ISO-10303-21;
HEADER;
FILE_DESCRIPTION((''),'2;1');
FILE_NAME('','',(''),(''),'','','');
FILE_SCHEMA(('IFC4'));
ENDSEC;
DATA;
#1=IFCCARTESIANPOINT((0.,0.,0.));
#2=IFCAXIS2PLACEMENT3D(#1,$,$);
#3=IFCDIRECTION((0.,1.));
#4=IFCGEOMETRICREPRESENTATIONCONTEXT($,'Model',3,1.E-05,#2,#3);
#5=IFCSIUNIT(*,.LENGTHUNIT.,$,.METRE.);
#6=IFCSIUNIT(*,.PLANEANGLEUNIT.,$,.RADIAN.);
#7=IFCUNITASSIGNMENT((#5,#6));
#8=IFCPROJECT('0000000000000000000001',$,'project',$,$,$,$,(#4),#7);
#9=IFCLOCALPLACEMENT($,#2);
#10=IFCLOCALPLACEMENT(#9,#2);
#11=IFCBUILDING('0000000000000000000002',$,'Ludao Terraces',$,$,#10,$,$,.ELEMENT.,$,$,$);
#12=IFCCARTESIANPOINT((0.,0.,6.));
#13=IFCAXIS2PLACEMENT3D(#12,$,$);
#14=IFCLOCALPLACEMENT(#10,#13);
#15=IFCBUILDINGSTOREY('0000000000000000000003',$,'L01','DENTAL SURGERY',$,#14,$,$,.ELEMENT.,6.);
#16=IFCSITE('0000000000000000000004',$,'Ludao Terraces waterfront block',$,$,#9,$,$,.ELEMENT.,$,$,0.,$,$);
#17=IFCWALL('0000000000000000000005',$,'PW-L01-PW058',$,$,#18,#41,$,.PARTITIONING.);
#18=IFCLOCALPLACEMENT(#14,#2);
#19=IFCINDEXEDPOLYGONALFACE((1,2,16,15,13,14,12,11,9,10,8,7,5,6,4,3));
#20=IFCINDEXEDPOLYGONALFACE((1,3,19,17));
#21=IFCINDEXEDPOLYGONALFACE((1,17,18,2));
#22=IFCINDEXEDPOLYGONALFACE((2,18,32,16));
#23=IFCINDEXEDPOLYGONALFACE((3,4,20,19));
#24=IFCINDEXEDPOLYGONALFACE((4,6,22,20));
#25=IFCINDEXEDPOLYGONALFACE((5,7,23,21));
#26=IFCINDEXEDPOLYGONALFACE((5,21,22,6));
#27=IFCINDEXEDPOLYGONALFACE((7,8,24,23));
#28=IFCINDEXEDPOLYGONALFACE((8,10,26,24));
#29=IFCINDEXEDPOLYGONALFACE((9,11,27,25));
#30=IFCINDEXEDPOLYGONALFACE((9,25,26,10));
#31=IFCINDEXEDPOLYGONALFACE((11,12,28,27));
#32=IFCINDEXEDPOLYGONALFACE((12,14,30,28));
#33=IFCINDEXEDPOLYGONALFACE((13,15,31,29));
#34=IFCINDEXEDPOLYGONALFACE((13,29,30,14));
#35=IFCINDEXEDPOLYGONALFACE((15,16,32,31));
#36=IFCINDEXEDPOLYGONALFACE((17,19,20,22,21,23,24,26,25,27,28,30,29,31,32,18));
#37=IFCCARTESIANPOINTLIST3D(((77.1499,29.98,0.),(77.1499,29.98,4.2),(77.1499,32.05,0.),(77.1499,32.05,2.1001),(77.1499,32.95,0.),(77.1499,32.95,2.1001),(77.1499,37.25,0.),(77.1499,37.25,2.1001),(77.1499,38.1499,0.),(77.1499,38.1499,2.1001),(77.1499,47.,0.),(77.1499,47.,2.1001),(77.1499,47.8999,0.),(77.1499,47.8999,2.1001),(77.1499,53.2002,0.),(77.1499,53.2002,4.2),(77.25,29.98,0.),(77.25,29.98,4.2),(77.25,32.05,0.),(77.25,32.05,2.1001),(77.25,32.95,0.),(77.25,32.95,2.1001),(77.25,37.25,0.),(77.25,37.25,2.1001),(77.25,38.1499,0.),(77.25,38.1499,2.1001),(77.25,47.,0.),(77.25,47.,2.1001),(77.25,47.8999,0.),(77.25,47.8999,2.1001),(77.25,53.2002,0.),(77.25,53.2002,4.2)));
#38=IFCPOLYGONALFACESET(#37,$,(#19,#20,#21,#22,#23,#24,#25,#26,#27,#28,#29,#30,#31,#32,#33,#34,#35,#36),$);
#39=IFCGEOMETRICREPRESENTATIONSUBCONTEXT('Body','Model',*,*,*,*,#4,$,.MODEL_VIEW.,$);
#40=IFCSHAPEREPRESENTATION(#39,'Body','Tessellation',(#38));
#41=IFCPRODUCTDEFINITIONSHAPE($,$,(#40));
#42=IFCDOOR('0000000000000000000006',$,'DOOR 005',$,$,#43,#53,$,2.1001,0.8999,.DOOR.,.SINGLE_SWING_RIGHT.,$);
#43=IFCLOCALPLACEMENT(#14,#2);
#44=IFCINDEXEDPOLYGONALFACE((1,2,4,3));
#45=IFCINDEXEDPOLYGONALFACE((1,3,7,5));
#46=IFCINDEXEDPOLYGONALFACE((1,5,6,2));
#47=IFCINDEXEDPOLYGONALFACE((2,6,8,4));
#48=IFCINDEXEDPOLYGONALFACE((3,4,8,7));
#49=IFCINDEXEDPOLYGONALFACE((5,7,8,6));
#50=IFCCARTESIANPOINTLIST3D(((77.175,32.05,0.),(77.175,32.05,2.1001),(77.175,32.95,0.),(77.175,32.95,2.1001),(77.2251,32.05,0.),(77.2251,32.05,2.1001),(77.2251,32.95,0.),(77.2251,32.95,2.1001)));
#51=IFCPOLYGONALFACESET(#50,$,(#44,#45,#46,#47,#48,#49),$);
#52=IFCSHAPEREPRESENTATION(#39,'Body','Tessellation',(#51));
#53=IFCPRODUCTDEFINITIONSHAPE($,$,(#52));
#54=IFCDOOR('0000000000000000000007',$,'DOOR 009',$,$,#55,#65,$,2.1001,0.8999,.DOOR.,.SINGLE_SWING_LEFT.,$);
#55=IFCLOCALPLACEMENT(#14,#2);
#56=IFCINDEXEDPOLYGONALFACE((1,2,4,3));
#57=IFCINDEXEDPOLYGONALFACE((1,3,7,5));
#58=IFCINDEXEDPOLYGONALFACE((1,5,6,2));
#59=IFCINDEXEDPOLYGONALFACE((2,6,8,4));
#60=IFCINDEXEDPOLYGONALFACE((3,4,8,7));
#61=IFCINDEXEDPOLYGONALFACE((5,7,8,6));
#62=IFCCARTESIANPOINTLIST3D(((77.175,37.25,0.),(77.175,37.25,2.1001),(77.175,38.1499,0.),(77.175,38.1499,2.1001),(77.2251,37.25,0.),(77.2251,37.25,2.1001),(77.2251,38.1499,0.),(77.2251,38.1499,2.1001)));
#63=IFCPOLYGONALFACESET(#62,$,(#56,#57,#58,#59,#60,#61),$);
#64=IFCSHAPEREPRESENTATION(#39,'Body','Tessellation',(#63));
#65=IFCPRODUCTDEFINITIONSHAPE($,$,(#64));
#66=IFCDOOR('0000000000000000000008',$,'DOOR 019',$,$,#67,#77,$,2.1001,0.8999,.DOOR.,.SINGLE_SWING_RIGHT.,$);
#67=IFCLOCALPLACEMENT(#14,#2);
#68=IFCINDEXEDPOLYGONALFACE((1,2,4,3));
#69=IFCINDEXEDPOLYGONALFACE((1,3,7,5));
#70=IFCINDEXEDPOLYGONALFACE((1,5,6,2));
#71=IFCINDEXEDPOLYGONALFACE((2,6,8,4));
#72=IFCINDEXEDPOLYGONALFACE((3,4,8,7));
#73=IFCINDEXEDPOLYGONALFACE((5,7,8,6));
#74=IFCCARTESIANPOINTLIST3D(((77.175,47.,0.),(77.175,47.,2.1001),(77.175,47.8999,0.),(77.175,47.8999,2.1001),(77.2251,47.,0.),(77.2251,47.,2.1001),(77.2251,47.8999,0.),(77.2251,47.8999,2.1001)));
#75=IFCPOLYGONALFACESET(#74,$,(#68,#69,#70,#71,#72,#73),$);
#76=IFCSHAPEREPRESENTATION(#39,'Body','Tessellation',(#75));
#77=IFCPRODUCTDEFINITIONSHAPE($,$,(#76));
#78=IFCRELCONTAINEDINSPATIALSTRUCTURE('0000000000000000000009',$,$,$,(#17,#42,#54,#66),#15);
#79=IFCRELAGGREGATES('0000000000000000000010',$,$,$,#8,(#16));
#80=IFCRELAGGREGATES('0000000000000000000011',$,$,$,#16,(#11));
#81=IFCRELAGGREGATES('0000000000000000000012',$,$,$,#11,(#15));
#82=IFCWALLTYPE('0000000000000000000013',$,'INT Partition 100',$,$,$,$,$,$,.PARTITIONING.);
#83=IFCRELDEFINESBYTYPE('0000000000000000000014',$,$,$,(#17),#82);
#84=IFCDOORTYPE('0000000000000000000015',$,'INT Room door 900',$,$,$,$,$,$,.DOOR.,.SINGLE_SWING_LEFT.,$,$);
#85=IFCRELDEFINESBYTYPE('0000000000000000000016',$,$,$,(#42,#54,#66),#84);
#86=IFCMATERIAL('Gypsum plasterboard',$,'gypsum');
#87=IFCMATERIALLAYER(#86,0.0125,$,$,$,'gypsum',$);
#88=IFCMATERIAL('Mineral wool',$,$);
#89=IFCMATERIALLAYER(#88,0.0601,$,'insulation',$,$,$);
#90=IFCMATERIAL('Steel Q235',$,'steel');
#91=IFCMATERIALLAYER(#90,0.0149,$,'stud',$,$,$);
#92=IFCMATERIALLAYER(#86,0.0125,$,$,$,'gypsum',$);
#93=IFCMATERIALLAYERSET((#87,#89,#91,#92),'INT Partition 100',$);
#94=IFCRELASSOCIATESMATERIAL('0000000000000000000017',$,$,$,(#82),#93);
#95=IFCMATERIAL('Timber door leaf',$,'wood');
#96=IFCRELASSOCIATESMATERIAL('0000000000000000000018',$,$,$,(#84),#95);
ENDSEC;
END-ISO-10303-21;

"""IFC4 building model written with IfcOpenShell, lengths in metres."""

from ifc_helpers import new_model, si_unit, direction, frame, frame_2d, origin, place, context, subcontext, project, spatial, rectangle, extrude, material, layer, layer_set, type_object, element, fill, save


model = new_model("IFC4")

# Units and contexts
model_context = context("Model", 3, precision=1e-05, world=origin(), true_north=direction((0.0, 1.0)))
body_context = subcontext(model_context, "Body", "Model", "MODEL_VIEW")
ifc_project = project(units=[si_unit("LENGTHUNIT", "METRE"), si_unit("PLANEANGLEUNIT", "RADIAN")], contexts=[model_context])

# Site, building, storey
site_placement = place(None, origin())
site = spatial("IfcSite", under=ifc_project, at=site_placement, Name="Ludao Terraces waterfront block", CompositionType="ELEMENT", RefElevation=0.0)
building_placement = place(site_placement, origin())
building = spatial("IfcBuilding", under=site, at=building_placement, Name="Ludao Terraces", CompositionType="ELEMENT")
storey_placement = place(building_placement, frame((0.0, 0.0, 6.0)))
storey = spatial("IfcBuildingStorey", under=building, at=storey_placement, Name="L01", Description="DENTAL SURGERY", CompositionType="ELEMENT", Elevation=6.0)

# Shared definitions
ifc_material_1 = material(Name="Gypsum plasterboard", Category="gypsum")
ifc_layer_1 = layer(ifc_material_1, 0.0125, Category="gypsum")
ifc_material_2 = material(Name="Mineral wool")
ifc_layer_2 = layer(ifc_material_2, 0.0601, Name="insulation")
ifc_material_3 = material(Name="Steel Q235", Category="steel")
ifc_layer_3 = layer(ifc_material_3, 0.0149, Name="stud")
ifc_layer_4 = layer(ifc_material_1, 0.0125, Category="gypsum")
ifc_layer_set_1 = layer_set([ifc_layer_1, ifc_layer_2, ifc_layer_3, ifc_layer_4], Name="INT Partition 100")
wall_type = type_object("IfcWallType", Name="INT Partition 100", PredefinedType="PARTITIONING", material=ifc_layer_set_1)

# Wall, openings, doors
wall_1_placement = place(storey_placement, frame((77.2, 29.98, 0.0), z_axis=(0.0, 0.0, 1.0), x_axis=(0.0, 1.0, 0.0)))
wall_1 = element("IfcWall", 1, at=wall_1_placement, inside=storey, type_object=wall_type, Name="PW-L01-PW058", PredefinedType="PARTITIONING", context=body_context, shape_type="SweptSolid", body=[
    extrude(rectangle(XDim=23.2202, YDim=0.1001, at=frame_2d((11.6101, 0.0))), origin(), (0.0, 0.0, 1.0), 4.2),
])
opening_1_placement = place(wall_1_placement, frame((2.0701, 0.0, 0.0)))
opening_1 = element("IfcOpeningElement", 2, at=opening_1_placement, cuts=wall_1, PredefinedType="OPENING", context=body_context, shape_type="SweptSolid", body=[
    extrude(rectangle(XDim=0.8999, YDim=2.1001, at=frame_2d((0.45, 1.05))), frame((0.0, 0.0601, 0.0), z_axis=(0.0, -1.0, 0.0), x_axis=(1.0, 0.0, 0.0)), (0.0, 0.0, 1.0), 0.1201),
])
opening_2_placement = place(wall_1_placement, frame((7.27, 0.0, 0.0)))
opening_2 = element("IfcOpeningElement", 3, at=opening_2_placement, cuts=wall_1, PredefinedType="OPENING", context=body_context, shape_type="SweptSolid", body=[
    extrude(rectangle(XDim=0.8999, YDim=2.1001, at=frame_2d((0.45, 1.05))), frame((0.0, 0.0601, 0.0), z_axis=(0.0, -1.0, 0.0), x_axis=(1.0, 0.0, 0.0)), (0.0, 0.0, 1.0), 0.1201),
])
opening_3_placement = place(wall_1_placement, frame((17.02, 0.0, 0.0)))
opening_3 = element("IfcOpeningElement", 4, at=opening_3_placement, cuts=wall_1, PredefinedType="OPENING", context=body_context, shape_type="SweptSolid", body=[
    extrude(rectangle(XDim=0.8999, YDim=2.1001, at=frame_2d((0.45, 1.05))), frame((0.0, 0.0601, 0.0), z_axis=(0.0, -1.0, 0.0), x_axis=(1.0, 0.0, 0.0)), (0.0, 0.0, 1.0), 0.1201),
])
ifc_material_4 = material(Name="Timber door leaf", Category="wood")
door_type = type_object("IfcDoorType", Name="INT Room door 900", OperationType="SINGLE_SWING_LEFT", PredefinedType="DOOR", material=ifc_material_4)
door_1_placement = place(opening_1_placement, origin())
door_1 = element("IfcDoor", 5, at=door_1_placement, inside=storey, type_object=door_type, Name="DOOR 005", OperationType="SINGLE_SWING_RIGHT", OverallHeight=2.1001, OverallWidth=0.8999, PredefinedType="DOOR", context=body_context, shape_type="SweptSolid", body=[
    extrude(rectangle(XDim=0.8999, YDim=2.1001, at=frame_2d((0.45, 1.05))), frame((0.0, 0.0249, 0.0), z_axis=(0.0, -1.0, 0.0), x_axis=(1.0, 0.0, 0.0)), (0.0, 0.0, 1.0), 0.05),
])
fill(opening_1, door_1)
door_2_placement = place(opening_2_placement, origin())
door_2 = element("IfcDoor", 6, at=door_2_placement, inside=storey, type_object=door_type, Name="DOOR 009", OperationType="SINGLE_SWING_LEFT", OverallHeight=2.1001, OverallWidth=0.8999, PredefinedType="DOOR", context=body_context, shape_type="SweptSolid", body=[
    extrude(rectangle(XDim=0.8999, YDim=2.1001, at=frame_2d((0.45, 1.05))), frame((0.0, 0.0249, 0.0), z_axis=(0.0, -1.0, 0.0), x_axis=(1.0, 0.0, 0.0)), (0.0, 0.0, 1.0), 0.05),
])
fill(opening_2, door_2)
door_3_placement = place(opening_3_placement, origin())
door_3 = element("IfcDoor", 7, at=door_3_placement, inside=storey, type_object=door_type, Name="DOOR 019", OperationType="SINGLE_SWING_RIGHT", OverallHeight=2.1001, OverallWidth=0.8999, PredefinedType="DOOR", context=body_context, shape_type="SweptSolid", body=[
    extrude(rectangle(XDim=0.8999, YDim=2.1001, at=frame_2d((0.45, 1.05))), frame((0.0, 0.0249, 0.0), z_axis=(0.0, -1.0, 0.0), x_axis=(1.0, 0.0, 0.0)), (0.0, 0.0, 1.0), 0.05),
])
fill(opening_3, door_3)

save(model, "model.ifc")
